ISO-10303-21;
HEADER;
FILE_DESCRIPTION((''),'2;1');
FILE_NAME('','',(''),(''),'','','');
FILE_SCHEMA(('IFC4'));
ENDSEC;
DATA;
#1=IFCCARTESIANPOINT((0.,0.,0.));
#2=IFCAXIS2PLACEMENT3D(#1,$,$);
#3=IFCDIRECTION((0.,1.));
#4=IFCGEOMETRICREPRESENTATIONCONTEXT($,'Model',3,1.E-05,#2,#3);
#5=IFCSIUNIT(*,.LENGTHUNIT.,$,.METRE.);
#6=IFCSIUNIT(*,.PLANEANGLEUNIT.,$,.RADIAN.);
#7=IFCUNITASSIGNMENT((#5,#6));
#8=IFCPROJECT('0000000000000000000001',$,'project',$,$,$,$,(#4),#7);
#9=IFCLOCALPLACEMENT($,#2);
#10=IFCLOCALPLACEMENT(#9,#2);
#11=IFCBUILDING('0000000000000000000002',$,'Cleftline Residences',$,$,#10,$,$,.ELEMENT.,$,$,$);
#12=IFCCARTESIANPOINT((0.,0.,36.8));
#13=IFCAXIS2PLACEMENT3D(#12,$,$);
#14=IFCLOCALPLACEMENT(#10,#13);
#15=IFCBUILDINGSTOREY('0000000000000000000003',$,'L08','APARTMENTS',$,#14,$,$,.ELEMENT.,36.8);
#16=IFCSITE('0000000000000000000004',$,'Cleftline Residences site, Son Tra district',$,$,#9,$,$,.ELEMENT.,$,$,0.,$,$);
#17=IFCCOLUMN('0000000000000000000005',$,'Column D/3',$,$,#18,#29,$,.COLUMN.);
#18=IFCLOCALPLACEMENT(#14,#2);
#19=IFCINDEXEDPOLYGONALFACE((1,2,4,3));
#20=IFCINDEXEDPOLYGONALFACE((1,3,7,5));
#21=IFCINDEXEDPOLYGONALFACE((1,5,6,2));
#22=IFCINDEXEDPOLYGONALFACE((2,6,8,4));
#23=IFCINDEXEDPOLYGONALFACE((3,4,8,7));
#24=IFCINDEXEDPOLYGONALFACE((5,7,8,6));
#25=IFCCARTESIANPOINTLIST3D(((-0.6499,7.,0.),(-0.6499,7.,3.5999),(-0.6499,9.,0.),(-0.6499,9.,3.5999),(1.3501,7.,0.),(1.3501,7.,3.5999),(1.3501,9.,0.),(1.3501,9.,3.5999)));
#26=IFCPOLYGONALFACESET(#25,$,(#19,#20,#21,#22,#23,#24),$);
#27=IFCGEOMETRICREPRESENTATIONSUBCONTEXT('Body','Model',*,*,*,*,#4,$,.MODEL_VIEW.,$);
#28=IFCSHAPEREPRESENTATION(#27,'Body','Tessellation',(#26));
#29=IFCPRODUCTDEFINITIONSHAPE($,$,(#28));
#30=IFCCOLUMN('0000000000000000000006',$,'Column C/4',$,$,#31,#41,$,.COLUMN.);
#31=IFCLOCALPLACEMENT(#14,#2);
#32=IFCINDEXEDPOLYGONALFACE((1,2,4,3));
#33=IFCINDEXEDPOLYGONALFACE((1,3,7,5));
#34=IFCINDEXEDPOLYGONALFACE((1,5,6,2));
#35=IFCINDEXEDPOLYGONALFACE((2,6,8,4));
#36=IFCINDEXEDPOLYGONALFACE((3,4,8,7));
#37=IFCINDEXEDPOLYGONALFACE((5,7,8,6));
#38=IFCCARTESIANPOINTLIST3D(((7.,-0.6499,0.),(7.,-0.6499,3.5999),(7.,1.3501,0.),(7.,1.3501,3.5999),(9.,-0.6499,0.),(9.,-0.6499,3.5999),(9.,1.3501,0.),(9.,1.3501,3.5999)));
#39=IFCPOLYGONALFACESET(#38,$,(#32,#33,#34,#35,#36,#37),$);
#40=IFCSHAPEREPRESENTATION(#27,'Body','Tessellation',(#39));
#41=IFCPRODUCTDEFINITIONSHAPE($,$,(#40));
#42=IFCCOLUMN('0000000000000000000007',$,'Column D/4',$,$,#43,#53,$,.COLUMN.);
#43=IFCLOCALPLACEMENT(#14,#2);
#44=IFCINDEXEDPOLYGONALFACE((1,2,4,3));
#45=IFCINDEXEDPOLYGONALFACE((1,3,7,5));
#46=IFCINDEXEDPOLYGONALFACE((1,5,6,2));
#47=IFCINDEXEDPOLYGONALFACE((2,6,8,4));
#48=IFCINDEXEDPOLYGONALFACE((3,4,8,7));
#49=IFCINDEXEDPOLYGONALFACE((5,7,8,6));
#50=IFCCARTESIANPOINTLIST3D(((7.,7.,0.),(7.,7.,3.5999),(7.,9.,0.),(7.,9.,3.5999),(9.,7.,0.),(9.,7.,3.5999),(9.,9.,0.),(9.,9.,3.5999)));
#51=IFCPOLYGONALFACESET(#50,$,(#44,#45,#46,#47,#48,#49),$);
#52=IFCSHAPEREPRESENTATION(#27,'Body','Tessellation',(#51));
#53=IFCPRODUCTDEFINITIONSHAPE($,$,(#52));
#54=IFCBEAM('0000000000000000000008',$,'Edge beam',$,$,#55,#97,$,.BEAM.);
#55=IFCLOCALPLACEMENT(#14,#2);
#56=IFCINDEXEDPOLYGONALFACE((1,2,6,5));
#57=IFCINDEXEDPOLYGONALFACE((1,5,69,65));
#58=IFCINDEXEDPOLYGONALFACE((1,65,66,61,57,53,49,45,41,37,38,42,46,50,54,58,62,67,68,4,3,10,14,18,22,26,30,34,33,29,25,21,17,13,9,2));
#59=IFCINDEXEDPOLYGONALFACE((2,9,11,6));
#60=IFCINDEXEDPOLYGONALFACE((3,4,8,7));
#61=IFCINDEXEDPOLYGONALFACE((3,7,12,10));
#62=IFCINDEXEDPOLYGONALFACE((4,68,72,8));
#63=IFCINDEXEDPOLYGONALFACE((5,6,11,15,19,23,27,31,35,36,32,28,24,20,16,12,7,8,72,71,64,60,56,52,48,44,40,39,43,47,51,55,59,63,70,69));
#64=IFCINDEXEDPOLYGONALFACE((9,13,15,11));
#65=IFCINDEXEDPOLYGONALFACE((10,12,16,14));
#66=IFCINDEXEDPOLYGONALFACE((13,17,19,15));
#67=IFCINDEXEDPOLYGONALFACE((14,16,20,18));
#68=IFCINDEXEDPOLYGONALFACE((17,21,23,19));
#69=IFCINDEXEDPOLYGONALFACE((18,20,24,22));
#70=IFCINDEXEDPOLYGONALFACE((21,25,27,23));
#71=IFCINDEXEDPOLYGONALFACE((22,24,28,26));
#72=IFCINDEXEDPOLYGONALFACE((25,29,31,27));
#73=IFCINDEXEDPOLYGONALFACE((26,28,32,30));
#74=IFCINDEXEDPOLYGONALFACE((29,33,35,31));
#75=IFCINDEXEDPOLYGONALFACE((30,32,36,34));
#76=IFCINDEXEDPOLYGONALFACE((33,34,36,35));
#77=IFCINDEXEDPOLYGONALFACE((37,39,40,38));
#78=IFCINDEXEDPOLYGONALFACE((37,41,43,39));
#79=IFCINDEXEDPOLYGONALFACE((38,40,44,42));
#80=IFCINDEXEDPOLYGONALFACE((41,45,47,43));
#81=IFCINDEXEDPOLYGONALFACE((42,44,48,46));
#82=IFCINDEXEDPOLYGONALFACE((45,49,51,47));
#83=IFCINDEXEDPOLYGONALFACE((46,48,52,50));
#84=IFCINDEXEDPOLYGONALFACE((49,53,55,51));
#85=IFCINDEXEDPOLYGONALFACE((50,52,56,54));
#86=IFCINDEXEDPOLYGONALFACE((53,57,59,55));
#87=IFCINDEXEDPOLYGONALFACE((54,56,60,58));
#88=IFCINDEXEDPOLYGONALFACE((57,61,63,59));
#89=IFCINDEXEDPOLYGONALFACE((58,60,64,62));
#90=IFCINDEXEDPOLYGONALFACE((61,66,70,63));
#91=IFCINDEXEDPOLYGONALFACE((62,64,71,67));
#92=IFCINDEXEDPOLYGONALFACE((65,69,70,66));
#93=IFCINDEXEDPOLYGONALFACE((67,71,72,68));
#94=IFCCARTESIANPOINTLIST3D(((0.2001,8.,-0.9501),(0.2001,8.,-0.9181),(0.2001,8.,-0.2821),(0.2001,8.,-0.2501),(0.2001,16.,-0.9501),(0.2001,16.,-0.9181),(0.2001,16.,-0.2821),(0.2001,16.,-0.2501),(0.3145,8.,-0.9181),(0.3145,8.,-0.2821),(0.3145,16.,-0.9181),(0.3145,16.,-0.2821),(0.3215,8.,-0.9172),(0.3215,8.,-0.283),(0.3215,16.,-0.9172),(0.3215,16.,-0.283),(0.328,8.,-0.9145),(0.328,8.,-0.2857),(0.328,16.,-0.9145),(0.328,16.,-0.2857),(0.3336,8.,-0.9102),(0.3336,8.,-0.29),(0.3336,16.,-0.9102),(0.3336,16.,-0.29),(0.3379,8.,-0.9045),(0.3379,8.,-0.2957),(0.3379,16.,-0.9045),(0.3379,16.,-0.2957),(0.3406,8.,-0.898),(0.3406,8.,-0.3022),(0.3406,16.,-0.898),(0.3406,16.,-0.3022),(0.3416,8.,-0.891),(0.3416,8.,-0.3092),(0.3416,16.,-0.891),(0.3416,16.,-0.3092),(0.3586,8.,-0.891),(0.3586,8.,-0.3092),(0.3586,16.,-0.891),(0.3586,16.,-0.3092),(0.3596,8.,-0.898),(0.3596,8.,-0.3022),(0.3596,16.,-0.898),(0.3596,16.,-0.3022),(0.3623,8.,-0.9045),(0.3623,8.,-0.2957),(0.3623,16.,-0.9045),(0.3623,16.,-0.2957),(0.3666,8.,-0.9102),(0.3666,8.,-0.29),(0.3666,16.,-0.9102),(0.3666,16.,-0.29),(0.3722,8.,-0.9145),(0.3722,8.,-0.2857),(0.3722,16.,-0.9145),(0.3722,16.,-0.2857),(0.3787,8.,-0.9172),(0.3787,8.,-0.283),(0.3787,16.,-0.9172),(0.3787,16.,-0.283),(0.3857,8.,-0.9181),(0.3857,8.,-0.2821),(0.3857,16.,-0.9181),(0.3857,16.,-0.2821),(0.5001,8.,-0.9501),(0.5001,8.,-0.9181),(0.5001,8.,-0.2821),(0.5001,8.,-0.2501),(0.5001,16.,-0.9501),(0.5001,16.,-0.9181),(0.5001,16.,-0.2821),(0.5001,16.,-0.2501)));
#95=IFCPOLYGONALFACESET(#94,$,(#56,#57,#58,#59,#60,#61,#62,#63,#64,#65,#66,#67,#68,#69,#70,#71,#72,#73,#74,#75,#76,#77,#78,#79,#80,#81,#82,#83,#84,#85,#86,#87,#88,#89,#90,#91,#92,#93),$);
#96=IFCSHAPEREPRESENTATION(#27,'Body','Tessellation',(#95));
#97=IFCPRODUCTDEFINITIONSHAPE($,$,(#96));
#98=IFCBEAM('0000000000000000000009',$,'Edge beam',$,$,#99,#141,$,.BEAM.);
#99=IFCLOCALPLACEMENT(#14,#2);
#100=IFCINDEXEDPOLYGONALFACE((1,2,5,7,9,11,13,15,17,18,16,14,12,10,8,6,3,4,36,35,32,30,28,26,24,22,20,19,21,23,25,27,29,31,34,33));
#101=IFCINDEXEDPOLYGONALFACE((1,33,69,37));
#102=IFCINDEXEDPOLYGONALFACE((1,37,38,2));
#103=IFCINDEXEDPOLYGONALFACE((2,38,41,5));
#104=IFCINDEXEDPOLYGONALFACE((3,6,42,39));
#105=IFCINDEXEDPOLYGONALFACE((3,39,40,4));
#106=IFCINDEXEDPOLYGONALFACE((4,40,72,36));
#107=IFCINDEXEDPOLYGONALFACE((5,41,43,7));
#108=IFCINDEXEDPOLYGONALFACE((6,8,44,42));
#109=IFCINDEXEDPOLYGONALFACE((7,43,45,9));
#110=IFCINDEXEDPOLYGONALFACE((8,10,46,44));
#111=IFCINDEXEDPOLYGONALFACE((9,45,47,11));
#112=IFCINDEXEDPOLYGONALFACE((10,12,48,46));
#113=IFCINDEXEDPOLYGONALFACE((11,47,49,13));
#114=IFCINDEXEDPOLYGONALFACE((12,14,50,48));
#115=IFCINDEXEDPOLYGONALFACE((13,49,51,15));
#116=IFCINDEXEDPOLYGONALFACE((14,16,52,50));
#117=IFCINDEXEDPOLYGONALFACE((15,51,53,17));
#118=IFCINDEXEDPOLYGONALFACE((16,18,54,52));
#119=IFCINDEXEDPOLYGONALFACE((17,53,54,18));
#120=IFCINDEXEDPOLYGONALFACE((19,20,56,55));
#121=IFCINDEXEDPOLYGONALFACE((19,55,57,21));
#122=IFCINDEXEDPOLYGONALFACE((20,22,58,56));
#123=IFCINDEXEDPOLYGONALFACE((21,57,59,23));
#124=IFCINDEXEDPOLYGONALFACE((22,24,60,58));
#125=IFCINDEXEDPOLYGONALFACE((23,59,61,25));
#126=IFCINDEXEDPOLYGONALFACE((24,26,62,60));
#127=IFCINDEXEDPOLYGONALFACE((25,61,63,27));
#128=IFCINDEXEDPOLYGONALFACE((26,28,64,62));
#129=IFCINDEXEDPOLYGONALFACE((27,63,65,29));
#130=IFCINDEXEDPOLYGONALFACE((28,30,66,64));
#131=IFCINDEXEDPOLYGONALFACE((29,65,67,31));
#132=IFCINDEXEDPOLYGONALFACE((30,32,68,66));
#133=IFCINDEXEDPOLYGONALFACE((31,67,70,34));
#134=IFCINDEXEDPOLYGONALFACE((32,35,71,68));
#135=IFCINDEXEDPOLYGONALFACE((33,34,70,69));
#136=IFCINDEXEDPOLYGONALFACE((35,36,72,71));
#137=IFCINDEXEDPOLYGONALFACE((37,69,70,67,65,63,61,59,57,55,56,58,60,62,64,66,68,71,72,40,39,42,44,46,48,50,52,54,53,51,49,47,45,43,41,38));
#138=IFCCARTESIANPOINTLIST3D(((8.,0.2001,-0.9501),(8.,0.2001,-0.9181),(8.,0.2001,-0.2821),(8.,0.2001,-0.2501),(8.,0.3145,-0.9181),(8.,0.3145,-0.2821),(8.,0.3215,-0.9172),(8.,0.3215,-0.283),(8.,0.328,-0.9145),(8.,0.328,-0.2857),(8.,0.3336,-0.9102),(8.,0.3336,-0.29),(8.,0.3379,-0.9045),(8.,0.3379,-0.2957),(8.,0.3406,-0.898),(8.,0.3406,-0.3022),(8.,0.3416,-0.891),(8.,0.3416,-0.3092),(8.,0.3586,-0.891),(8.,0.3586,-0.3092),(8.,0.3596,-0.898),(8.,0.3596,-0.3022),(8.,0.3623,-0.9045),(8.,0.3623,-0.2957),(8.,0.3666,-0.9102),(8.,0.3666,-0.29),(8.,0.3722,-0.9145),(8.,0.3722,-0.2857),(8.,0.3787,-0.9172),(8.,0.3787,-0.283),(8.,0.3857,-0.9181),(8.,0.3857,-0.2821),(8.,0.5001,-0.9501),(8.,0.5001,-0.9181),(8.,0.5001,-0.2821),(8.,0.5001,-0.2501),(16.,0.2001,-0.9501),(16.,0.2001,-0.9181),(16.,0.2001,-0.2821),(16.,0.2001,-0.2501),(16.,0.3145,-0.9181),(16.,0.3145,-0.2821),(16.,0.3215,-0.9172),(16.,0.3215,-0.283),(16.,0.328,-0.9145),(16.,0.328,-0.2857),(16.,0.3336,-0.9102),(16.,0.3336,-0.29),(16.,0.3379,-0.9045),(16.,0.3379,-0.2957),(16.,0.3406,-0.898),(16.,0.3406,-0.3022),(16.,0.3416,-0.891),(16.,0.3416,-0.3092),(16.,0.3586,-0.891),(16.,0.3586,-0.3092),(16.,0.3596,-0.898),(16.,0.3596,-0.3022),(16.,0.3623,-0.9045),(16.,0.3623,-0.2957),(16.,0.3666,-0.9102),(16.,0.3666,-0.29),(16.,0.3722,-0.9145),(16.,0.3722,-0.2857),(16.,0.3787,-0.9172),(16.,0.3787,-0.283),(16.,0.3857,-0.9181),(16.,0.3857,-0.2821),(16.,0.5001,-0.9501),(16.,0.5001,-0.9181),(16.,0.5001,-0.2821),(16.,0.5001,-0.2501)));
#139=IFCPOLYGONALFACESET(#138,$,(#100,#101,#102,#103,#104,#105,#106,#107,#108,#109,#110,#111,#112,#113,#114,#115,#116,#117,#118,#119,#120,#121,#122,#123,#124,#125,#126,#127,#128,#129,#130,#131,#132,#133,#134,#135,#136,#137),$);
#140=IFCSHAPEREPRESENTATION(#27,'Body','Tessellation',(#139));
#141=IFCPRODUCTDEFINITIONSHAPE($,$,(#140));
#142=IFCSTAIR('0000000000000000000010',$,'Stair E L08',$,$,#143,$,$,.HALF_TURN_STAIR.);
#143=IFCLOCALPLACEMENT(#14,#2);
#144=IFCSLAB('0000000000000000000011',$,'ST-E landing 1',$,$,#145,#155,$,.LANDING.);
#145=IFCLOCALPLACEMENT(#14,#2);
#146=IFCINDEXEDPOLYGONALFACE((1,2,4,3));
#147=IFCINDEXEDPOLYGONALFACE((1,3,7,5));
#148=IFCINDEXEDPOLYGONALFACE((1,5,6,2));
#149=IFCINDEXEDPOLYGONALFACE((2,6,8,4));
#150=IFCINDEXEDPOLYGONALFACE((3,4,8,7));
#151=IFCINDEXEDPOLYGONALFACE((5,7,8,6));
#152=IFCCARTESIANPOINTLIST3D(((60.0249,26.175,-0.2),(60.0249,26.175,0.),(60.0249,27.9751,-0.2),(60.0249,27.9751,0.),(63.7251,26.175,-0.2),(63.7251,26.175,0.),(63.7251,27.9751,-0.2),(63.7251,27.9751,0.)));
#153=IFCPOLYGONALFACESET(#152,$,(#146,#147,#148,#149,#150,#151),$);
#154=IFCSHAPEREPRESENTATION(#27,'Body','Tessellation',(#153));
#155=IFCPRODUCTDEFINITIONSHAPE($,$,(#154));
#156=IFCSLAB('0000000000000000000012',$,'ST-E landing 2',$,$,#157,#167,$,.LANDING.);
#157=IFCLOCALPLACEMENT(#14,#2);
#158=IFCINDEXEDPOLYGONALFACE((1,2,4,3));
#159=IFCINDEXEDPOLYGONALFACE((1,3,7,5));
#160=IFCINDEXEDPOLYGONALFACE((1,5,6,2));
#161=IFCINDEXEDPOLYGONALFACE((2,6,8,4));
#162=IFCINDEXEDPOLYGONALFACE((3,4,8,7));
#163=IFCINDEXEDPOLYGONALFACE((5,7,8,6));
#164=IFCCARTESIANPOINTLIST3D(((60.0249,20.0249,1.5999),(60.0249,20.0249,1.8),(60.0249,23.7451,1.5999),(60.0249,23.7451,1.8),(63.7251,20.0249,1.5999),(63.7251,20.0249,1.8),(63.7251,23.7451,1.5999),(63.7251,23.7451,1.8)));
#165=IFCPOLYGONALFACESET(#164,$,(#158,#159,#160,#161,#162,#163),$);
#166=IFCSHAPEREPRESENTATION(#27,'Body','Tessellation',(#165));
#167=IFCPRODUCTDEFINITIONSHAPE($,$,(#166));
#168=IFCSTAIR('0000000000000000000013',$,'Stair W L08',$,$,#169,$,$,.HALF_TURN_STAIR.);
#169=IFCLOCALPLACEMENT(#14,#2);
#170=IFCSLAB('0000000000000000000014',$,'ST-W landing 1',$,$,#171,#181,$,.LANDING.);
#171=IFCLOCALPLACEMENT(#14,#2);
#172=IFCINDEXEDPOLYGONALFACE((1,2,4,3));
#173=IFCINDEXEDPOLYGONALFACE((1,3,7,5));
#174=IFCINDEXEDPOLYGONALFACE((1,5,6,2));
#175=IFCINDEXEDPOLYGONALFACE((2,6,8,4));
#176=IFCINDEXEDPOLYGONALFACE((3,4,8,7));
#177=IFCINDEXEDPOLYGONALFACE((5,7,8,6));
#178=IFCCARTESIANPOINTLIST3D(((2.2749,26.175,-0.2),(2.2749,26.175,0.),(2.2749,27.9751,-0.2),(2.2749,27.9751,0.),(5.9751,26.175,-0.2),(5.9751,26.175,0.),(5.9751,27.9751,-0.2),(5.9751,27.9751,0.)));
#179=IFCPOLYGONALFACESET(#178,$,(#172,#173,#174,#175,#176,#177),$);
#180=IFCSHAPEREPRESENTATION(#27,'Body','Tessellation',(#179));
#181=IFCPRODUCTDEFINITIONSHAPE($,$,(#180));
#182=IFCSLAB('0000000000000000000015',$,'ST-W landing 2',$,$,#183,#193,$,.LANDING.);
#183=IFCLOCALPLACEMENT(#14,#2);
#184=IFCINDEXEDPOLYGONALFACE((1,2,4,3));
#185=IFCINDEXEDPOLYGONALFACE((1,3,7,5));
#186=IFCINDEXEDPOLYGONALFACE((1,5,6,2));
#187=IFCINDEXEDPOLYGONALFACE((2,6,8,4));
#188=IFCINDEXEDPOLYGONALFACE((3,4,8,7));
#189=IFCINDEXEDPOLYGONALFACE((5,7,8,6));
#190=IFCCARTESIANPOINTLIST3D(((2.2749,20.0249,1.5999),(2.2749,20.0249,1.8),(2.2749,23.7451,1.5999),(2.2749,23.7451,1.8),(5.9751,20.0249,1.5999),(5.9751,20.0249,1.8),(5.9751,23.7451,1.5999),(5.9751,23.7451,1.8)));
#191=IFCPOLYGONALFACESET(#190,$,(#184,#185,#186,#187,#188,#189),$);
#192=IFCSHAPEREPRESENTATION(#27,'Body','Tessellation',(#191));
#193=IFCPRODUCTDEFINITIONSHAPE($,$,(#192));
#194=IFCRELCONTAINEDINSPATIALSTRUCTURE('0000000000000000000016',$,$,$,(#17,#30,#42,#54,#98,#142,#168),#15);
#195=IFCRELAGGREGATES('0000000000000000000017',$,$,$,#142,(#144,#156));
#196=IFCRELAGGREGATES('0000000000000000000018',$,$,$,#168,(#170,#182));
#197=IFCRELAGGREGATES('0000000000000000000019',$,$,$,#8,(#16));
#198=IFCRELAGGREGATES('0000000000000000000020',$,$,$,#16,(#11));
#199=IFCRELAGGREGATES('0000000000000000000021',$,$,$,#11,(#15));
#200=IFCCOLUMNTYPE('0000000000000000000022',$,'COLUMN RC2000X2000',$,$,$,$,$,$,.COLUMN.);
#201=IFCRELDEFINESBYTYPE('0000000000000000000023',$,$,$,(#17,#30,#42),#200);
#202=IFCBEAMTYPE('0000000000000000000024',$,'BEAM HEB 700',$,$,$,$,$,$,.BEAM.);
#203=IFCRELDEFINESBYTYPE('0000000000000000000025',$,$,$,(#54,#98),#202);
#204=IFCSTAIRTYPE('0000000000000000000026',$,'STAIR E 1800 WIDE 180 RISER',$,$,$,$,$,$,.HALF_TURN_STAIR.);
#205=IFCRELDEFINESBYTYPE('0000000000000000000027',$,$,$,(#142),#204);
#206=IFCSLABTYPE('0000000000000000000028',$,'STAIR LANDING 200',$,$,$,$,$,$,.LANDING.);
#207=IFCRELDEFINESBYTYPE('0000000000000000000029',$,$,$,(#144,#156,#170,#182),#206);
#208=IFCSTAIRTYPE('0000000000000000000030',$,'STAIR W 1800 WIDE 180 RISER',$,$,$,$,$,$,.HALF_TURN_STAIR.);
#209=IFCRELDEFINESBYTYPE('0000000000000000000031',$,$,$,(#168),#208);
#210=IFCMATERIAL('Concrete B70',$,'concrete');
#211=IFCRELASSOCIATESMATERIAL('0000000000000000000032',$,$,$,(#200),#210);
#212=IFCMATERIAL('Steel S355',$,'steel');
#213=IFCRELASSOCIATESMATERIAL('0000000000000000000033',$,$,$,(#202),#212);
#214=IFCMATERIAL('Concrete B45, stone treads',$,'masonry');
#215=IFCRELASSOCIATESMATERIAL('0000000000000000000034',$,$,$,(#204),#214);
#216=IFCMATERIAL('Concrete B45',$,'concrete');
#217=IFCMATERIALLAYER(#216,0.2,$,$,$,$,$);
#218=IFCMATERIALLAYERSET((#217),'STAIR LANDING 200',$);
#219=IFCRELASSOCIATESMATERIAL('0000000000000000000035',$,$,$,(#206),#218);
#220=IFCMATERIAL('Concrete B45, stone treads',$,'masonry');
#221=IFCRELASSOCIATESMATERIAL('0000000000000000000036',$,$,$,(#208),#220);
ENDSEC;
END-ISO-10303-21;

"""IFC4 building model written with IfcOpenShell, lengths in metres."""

from ifc_helpers import new_model, si_unit, direction, frame, origin, origin_2d, place, context, subcontext, project, spatial, polyline, rectangle, i_section, outline, extrude, material, layer, layer_set, material_profile, profile_set, type_object, element, aggregate, save


model = new_model("IFC4")

# Units and contexts
model_context = context("Model", 3, precision=1e-05, world=origin(), true_north=direction((0.0, 1.0)))
body_context = subcontext(model_context, "Body", "Model", "MODEL_VIEW")
ifc_project = project(units=[si_unit("LENGTHUNIT", "METRE"), si_unit("PLANEANGLEUNIT", "RADIAN")], contexts=[model_context])

# Site, building, storey
site_placement = place(None, origin())
site = spatial("IfcSite", under=ifc_project, at=site_placement, Name="Cleftline Residences site, Son Tra district", CompositionType="ELEMENT", RefElevation=0.0)
building_placement = place(site_placement, origin())
building = spatial("IfcBuilding", under=site, at=building_placement, Name="Cleftline Residences", CompositionType="ELEMENT")
storey_placement = place(building_placement, frame((0.0, 0.0, 36.8)))
storey = spatial("IfcBuildingStorey", under=building, at=storey_placement, Name="L08", Description="APARTMENTS", CompositionType="ELEMENT", Elevation=36.8)

# Columns
ifc_material_1 = material(Name="Concrete B70", Category="concrete")
ifc_material_profile_1 = material_profile(ifc_material_1, rectangle(XDim=2.0, YDim=2.0, at=origin_2d()))
ifc_profile_set_1 = profile_set([ifc_material_profile_1], Name="Concrete B70")
column_type = type_object("IfcColumnType", Name="COLUMN RC2000X2000", PredefinedType="COLUMN", material=ifc_profile_set_1)
for number, where, z_axis, x_axis, name in (
    (1, (0.3501, 8.0, 0.0), (0.0, 0.0, 1.0), (1.0, 0.0, 0.0), "Column D/3"),
    (2, (8.0, 0.3501, 0.0), (0.0, 0.0, 1.0), (1.0, 0.0, 0.0), "Column C/4"),
    (3, (8.0, 8.0, 0.0), (0.0, 0.0, 1.0), (1.0, 0.0, 0.0), "Column D/4"),
):
    element("IfcColumn", number, at=place(storey_placement, frame(where, z_axis=z_axis, x_axis=x_axis)), inside=storey, type_object=column_type, Name=name, PredefinedType="COLUMN", context=body_context, shape_type="SweptSolid", body=[
        extrude(rectangle(XDim=2.0, YDim=2.0, at=origin_2d()), origin(), (0.0, 0.0, 1.0), 3.5999),
    ])

# Beams
ifc_material_2 = material(Name="Steel S355", Category="steel")
ifc_material_profile_2 = material_profile(ifc_material_2, i_section(OverallWidth=0.3, OverallDepth=0.7, WebThickness=0.0171, FlangeThickness=0.032, FilletRadius=0.0271, at=origin_2d()))
ifc_profile_set_2 = profile_set([ifc_material_profile_2], Name="Steel S355")
beam_type = type_object("IfcBeamType", Name="BEAM HEB 700", PredefinedType="BEAM", material=ifc_profile_set_2)
for number, where, z_axis, x_axis, name in (
    (4, (0.3501, 8.0, -0.6001), (0.0, 1.0, 0.0), (-1.0, 0.0, 0.0), "Edge beam"),
    (5, (8.0, 0.3501, -0.6001), (1.0, 0.0, 0.0), (0.0, 1.0, 0.0), "Edge beam"),
):
    element("IfcBeam", number, at=place(storey_placement, frame(where, z_axis=z_axis, x_axis=x_axis)), inside=storey, type_object=beam_type, Name=name, PredefinedType="BEAM", context=body_context, shape_type="SweptSolid", body=[
        extrude(i_section(OverallWidth=0.3, OverallDepth=0.7, WebThickness=0.0171, FlangeThickness=0.032, FilletRadius=0.0271, at=origin_2d()), origin(), (0.0, 0.0, 1.0), 8.0),
    ])

# Stairs, slabs
ifc_material_3 = material(Name="Concrete B45, stone treads", Category="masonry")
stair_type_1 = type_object("IfcStairType", Name="STAIR E 1800 WIDE 180 RISER", PredefinedType="HALF_TURN_STAIR", material=ifc_material_3)
stair_1_placement = place(storey_placement, origin())
stair_1 = element("IfcStair", 6, at=stair_1_placement, inside=storey, type_object=stair_type_1, Name="Stair E L08", PredefinedType="HALF_TURN_STAIR")
ifc_material_4 = material(Name="Concrete B45", Category="concrete")
ifc_layer_1 = layer(ifc_material_4, 0.2)
ifc_layer_set_1 = layer_set([ifc_layer_1], Name="STAIR LANDING 200")
slab_type = type_object("IfcSlabType", Name="STAIR LANDING 200", PredefinedType="LANDING", material=ifc_layer_set_1)
slab_1_placement = place(storey_placement, frame((0.0, 0.0, -0.2)))
slab_1 = element("IfcSlab", 7, at=slab_1_placement, type_object=slab_type, Name="ST-E landing 1", PredefinedType="LANDING", context=body_context, shape_type="SweptSolid", body=[
    extrude(outline(polyline([(60.0249, 26.175), (63.7251, 26.175), (63.7251, 27.9751), (60.0249, 27.9751), (60.0249, 26.175)])), origin(), (0.0, 0.0, 1.0), 0.2),
])
slab_2_placement = place(storey_placement, frame((0.0, 0.0, 1.5999)))
slab_2 = element("IfcSlab", 8, at=slab_2_placement, type_object=slab_type, Name="ST-E landing 2", PredefinedType="LANDING", context=body_context, shape_type="SweptSolid", body=[
    extrude(outline(polyline([(60.0249, 20.0249), (63.7251, 20.0249), (63.7251, 23.7451), (60.0249, 23.7451), (60.0249, 20.0249)])), origin(), (0.0, 0.0, 1.0), 0.2002),
])
aggregate(stair_1, [slab_1, slab_2])
ifc_material_5 = material(Name="Concrete B45, stone treads", Category="masonry")
stair_type_2 = type_object("IfcStairType", Name="STAIR W 1800 WIDE 180 RISER", PredefinedType="HALF_TURN_STAIR", material=ifc_material_5)
stair_2_placement = place(storey_placement, origin())
stair_2 = element("IfcStair", 9, at=stair_2_placement, inside=storey, type_object=stair_type_2, Name="Stair W L08", PredefinedType="HALF_TURN_STAIR")
slab_3_placement = place(storey_placement, frame((0.0, 0.0, -0.2)))
slab_3 = element("IfcSlab", 10, at=slab_3_placement, type_object=slab_type, Name="ST-W landing 1", PredefinedType="LANDING", context=body_context, shape_type="SweptSolid", body=[
    extrude(outline(polyline([(2.2749, 26.175), (5.9751, 26.175), (5.9751, 27.9751), (2.2749, 27.9751), (2.2749, 26.175)])), origin(), (0.0, 0.0, 1.0), 0.2),
])
slab_4_placement = place(storey_placement, frame((0.0, 0.0, 1.5999)))
slab_4 = element("IfcSlab", 11, at=slab_4_placement, type_object=slab_type, Name="ST-W landing 2", PredefinedType="LANDING", context=body_context, shape_type="SweptSolid", body=[
    extrude(outline(polyline([(2.2749, 20.0249), (5.9751, 20.0249), (5.9751, 23.7451), (2.2749, 23.7451), (2.2749, 20.0249)])), origin(), (0.0, 0.0, 1.0), 0.2002),
])
aggregate(stair_2, [slab_3, slab_4])

save(model, "model.ifc")
